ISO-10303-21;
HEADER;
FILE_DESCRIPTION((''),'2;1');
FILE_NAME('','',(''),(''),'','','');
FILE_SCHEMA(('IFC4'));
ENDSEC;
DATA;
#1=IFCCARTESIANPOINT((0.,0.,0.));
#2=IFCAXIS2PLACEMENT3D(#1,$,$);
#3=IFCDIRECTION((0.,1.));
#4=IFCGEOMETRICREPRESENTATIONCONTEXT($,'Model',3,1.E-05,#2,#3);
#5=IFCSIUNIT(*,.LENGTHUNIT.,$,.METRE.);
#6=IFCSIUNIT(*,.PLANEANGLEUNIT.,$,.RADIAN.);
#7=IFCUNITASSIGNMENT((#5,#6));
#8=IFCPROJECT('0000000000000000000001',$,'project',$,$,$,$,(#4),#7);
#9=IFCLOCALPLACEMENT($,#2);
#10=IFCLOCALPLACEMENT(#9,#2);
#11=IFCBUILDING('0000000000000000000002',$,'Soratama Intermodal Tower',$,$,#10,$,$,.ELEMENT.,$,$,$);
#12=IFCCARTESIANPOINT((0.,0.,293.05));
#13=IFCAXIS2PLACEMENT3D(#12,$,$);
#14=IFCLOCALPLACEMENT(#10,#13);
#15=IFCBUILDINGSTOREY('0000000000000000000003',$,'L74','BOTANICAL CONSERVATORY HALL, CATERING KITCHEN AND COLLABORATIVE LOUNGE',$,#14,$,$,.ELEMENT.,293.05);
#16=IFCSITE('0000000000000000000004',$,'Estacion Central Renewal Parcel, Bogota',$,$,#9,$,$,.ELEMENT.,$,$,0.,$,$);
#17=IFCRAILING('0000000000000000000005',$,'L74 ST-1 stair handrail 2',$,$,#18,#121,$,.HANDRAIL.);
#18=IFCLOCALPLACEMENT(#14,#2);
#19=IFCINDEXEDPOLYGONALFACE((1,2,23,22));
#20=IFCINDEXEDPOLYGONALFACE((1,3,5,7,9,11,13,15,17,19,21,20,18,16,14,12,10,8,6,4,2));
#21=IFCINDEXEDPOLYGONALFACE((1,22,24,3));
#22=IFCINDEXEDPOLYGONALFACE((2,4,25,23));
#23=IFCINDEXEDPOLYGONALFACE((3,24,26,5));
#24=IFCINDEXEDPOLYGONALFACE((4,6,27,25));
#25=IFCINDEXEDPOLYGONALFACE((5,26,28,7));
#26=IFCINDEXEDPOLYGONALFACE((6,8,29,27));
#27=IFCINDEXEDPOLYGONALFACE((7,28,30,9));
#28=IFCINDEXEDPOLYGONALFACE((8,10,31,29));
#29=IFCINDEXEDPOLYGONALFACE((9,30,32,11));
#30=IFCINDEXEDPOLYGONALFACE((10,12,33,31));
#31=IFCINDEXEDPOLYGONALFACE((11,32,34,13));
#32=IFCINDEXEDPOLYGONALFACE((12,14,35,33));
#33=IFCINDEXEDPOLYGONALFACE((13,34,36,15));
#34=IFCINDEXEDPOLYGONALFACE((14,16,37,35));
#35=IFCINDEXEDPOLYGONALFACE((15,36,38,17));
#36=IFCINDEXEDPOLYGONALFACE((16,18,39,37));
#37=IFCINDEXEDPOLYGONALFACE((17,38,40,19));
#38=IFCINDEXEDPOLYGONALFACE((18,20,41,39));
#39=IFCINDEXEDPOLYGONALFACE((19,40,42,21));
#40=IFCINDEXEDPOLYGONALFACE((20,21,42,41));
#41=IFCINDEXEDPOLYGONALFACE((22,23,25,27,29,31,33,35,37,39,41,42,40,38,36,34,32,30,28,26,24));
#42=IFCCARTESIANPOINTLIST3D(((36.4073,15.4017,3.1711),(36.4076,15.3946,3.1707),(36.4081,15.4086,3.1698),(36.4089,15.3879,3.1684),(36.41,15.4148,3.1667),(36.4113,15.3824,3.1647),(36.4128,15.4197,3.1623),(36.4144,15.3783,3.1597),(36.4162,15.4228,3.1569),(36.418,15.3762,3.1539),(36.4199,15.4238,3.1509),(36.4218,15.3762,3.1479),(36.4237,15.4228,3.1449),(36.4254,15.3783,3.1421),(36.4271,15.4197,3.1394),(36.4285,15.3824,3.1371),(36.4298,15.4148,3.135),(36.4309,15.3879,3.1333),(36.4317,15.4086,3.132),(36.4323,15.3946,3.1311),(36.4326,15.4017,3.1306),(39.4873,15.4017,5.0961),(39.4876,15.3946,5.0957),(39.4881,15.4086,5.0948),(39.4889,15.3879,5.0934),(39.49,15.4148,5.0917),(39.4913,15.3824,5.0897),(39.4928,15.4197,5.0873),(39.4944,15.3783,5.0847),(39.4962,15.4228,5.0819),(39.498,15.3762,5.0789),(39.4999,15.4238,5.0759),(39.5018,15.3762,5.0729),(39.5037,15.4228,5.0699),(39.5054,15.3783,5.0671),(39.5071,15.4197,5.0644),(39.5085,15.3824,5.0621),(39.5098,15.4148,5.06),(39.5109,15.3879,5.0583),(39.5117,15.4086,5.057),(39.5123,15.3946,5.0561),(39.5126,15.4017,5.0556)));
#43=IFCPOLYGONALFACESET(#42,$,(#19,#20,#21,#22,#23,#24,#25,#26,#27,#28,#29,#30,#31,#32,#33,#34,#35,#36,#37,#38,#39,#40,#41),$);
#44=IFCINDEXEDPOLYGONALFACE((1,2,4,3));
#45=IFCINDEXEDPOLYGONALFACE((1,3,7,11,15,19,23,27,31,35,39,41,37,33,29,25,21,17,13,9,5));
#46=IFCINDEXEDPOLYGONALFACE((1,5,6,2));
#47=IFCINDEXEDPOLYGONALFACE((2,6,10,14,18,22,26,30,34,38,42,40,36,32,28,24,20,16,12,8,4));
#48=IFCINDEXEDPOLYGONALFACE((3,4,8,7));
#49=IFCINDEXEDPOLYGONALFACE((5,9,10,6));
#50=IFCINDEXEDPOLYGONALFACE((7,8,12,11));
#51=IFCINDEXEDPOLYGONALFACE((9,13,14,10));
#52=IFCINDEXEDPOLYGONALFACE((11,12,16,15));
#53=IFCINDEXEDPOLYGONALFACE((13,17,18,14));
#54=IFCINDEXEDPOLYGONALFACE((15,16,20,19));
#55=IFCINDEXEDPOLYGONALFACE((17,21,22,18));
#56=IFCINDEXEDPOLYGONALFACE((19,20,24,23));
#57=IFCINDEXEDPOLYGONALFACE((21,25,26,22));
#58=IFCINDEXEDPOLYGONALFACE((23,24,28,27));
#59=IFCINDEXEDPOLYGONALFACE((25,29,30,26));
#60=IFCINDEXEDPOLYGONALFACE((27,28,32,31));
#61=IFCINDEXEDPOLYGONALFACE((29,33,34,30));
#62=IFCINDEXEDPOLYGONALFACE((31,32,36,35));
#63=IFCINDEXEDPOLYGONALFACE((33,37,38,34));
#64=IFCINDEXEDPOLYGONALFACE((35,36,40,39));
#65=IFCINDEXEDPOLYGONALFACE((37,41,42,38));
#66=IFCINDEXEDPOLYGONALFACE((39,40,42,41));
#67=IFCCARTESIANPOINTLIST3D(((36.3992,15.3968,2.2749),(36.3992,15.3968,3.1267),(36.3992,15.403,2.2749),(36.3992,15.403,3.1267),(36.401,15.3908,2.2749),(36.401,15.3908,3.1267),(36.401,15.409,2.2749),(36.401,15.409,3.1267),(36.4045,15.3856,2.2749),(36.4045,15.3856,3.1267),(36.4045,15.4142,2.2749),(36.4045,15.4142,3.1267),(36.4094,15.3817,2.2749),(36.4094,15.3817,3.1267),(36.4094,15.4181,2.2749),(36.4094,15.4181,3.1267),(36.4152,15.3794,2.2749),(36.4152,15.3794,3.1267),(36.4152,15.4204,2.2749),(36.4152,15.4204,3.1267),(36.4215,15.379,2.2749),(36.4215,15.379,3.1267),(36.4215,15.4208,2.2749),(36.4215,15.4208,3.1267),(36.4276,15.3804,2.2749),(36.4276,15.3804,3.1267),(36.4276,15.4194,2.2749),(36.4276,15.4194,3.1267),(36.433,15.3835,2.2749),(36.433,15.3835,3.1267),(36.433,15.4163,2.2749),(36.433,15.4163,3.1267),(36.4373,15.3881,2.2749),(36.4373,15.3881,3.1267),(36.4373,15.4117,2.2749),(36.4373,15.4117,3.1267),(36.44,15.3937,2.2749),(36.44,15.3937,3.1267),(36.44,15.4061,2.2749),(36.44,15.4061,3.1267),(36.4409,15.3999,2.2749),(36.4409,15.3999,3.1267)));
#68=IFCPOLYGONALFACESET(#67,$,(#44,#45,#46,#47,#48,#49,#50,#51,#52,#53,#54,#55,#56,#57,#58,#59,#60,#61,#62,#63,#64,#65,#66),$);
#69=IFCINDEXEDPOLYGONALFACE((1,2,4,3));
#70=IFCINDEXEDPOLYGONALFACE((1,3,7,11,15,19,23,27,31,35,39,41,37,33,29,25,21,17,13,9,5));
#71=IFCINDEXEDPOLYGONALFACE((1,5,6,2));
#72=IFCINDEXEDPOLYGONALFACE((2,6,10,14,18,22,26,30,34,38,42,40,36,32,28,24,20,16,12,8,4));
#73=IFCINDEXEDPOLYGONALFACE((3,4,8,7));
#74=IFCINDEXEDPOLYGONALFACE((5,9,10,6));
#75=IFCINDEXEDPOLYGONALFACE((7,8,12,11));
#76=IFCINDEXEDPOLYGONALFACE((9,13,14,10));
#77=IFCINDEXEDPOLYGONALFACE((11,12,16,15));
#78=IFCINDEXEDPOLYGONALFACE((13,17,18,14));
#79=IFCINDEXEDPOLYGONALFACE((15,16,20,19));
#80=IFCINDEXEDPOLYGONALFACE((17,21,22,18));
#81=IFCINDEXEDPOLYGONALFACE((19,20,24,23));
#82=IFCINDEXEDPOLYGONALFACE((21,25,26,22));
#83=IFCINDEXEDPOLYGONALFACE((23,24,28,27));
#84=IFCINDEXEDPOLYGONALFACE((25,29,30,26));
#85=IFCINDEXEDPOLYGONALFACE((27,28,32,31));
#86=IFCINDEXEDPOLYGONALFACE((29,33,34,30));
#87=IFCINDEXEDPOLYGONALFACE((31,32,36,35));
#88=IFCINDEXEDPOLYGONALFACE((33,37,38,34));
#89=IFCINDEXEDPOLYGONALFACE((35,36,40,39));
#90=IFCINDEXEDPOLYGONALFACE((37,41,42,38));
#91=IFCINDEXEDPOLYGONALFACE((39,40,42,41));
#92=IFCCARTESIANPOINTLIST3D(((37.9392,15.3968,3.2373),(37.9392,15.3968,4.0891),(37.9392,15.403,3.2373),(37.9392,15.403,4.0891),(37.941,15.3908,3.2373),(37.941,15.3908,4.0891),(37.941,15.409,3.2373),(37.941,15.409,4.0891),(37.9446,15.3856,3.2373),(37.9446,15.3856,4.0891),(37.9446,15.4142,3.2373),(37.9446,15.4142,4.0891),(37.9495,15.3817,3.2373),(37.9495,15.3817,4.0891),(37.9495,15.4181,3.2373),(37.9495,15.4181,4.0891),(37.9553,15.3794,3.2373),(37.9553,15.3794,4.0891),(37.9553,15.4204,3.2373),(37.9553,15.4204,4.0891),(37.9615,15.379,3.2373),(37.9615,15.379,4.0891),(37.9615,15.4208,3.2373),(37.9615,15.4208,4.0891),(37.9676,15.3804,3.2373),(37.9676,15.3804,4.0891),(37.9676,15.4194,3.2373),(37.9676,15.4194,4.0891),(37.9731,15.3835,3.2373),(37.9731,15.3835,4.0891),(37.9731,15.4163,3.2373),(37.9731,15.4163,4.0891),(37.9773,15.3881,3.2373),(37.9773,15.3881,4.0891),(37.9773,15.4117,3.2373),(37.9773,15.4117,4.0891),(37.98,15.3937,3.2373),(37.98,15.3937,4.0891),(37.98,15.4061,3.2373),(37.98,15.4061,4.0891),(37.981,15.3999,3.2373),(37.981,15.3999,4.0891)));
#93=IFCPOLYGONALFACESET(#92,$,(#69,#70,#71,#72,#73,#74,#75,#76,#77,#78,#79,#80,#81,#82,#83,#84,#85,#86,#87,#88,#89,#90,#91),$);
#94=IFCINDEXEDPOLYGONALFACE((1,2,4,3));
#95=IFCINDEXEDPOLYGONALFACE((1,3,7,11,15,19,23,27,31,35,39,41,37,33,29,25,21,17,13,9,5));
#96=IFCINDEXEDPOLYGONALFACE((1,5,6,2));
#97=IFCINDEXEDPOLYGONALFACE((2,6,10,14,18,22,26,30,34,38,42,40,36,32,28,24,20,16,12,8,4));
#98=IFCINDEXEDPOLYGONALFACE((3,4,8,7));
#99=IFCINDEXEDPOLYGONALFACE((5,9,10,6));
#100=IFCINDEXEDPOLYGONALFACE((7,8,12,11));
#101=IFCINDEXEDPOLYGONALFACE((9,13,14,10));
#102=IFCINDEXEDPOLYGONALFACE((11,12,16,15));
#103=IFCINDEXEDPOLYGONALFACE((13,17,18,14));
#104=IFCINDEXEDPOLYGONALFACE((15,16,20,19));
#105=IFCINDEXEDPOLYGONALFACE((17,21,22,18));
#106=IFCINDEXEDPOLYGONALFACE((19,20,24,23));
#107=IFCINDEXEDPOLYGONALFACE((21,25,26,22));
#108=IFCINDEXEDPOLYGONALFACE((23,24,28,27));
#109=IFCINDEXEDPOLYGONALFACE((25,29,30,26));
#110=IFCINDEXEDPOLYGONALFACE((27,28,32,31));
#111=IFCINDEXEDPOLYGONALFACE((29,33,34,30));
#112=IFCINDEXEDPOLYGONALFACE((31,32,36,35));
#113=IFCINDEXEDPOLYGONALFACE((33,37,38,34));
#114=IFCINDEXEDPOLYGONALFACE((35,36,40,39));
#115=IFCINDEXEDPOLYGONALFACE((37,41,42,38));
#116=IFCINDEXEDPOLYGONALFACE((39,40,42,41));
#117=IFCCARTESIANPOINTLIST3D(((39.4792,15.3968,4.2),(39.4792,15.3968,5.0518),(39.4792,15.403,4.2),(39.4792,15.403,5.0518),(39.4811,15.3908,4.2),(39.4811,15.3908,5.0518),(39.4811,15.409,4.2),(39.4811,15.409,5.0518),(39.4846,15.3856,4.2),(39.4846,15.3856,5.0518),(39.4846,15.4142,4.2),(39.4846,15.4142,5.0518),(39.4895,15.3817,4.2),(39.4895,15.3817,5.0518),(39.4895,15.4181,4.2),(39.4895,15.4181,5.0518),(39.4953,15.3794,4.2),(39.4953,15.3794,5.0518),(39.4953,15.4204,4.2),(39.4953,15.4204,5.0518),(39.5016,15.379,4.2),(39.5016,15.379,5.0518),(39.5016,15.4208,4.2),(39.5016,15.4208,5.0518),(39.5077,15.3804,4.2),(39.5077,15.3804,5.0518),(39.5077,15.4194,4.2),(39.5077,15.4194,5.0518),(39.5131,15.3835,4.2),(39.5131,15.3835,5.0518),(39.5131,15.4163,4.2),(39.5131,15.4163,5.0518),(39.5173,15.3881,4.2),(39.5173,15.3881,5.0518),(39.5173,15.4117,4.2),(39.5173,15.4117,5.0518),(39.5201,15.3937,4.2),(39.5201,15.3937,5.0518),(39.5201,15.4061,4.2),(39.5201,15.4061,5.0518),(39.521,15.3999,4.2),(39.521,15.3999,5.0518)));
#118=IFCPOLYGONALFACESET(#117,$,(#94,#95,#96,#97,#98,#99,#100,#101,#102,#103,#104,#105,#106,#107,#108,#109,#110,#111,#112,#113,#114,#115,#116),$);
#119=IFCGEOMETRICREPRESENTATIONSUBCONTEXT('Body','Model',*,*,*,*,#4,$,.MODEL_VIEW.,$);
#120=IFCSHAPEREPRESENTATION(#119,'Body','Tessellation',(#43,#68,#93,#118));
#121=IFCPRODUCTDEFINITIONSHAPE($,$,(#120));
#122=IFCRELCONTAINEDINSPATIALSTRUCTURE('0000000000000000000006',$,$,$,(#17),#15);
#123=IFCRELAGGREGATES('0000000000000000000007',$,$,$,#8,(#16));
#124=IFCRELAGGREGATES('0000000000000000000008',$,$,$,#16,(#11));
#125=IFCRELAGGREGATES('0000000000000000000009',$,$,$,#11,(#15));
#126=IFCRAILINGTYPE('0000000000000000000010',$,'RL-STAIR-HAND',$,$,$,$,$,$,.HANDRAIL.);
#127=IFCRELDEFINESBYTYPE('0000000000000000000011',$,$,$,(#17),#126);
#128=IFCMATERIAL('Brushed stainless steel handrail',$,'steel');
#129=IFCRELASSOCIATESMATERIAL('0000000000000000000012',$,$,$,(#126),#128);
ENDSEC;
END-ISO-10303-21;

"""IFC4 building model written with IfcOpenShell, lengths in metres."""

from ifc_helpers import new_model, si_unit, direction, frame, origin, origin_2d, place, context, subcontext, project, spatial, circle, extrude, material, type_object, element, save


model = new_model("IFC4")

# Units and contexts
model_context = context("Model", 3, precision=1e-05, world=origin(), true_north=direction((0.0, 1.0)))
body_context = subcontext(model_context, "Body", "Model", "MODEL_VIEW")
ifc_project = project(units=[si_unit("LENGTHUNIT", "METRE"), si_unit("PLANEANGLEUNIT", "RADIAN")], contexts=[model_context])

# Site, building, storey
site_placement = place(None, origin())
site = spatial("IfcSite", under=ifc_project, at=site_placement, Name="Estacion Central Renewal Parcel, Bogota", CompositionType="ELEMENT", RefElevation=0.0)
building_placement = place(site_placement, origin())
building = spatial("IfcBuilding", under=site, at=building_placement, Name="Soratama Intermodal Tower", CompositionType="ELEMENT")
storey_placement = place(building_placement, frame((0.0, 0.0, 293.05)))
storey = spatial("IfcBuildingStorey", under=building, at=storey_placement, Name="L74", Description="BOTANICAL CONSERVATORY HALL, CATERING KITCHEN AND COLLABORATIVE LOUNGE", CompositionType="ELEMENT", Elevation=293.05)

# Railing
ifc_material_1 = material(Name="Brushed stainless steel handrail", Category="steel")
railing_type_1 = type_object("IfcRailingType", Name="RL-STAIR-HAND", PredefinedType="HANDRAIL", material=ifc_material_1)
railing_1_placement = place(storey_placement, frame((36.4199, 15.3999, 2.2749)))
element("IfcRailing", 1, at=railing_1_placement, inside=storey, type_object=railing_type_1, Name="L74 ST-1 stair handrail 2", PredefinedType="HANDRAIL", context=body_context, shape_type="SweptSolid", body=[
    extrude(circle(Radius=0.0239, at=origin_2d()), frame((0.0, 0.0, 0.876), z_axis=(0.847998, 0.0, 0.529999), x_axis=(0.0, 1.0, 0.0)), (0.0, 0.0, 1.0), 3.6321),
    extrude(circle(Radius=0.021, at=origin_2d()), origin(), (0.0, 0.0, 1.0), 0.8518),
    extrude(circle(Radius=0.021, at=origin_2d()), frame((1.54, 0.0, 0.9624)), (0.0, 0.0, 1.0), 0.8518),
    extrude(circle(Radius=0.021, at=origin_2d()), frame((3.0801, 0.0, 1.925)), (0.0, 0.0, 1.0), 0.8518),
])

save(model, "model.ifc")
